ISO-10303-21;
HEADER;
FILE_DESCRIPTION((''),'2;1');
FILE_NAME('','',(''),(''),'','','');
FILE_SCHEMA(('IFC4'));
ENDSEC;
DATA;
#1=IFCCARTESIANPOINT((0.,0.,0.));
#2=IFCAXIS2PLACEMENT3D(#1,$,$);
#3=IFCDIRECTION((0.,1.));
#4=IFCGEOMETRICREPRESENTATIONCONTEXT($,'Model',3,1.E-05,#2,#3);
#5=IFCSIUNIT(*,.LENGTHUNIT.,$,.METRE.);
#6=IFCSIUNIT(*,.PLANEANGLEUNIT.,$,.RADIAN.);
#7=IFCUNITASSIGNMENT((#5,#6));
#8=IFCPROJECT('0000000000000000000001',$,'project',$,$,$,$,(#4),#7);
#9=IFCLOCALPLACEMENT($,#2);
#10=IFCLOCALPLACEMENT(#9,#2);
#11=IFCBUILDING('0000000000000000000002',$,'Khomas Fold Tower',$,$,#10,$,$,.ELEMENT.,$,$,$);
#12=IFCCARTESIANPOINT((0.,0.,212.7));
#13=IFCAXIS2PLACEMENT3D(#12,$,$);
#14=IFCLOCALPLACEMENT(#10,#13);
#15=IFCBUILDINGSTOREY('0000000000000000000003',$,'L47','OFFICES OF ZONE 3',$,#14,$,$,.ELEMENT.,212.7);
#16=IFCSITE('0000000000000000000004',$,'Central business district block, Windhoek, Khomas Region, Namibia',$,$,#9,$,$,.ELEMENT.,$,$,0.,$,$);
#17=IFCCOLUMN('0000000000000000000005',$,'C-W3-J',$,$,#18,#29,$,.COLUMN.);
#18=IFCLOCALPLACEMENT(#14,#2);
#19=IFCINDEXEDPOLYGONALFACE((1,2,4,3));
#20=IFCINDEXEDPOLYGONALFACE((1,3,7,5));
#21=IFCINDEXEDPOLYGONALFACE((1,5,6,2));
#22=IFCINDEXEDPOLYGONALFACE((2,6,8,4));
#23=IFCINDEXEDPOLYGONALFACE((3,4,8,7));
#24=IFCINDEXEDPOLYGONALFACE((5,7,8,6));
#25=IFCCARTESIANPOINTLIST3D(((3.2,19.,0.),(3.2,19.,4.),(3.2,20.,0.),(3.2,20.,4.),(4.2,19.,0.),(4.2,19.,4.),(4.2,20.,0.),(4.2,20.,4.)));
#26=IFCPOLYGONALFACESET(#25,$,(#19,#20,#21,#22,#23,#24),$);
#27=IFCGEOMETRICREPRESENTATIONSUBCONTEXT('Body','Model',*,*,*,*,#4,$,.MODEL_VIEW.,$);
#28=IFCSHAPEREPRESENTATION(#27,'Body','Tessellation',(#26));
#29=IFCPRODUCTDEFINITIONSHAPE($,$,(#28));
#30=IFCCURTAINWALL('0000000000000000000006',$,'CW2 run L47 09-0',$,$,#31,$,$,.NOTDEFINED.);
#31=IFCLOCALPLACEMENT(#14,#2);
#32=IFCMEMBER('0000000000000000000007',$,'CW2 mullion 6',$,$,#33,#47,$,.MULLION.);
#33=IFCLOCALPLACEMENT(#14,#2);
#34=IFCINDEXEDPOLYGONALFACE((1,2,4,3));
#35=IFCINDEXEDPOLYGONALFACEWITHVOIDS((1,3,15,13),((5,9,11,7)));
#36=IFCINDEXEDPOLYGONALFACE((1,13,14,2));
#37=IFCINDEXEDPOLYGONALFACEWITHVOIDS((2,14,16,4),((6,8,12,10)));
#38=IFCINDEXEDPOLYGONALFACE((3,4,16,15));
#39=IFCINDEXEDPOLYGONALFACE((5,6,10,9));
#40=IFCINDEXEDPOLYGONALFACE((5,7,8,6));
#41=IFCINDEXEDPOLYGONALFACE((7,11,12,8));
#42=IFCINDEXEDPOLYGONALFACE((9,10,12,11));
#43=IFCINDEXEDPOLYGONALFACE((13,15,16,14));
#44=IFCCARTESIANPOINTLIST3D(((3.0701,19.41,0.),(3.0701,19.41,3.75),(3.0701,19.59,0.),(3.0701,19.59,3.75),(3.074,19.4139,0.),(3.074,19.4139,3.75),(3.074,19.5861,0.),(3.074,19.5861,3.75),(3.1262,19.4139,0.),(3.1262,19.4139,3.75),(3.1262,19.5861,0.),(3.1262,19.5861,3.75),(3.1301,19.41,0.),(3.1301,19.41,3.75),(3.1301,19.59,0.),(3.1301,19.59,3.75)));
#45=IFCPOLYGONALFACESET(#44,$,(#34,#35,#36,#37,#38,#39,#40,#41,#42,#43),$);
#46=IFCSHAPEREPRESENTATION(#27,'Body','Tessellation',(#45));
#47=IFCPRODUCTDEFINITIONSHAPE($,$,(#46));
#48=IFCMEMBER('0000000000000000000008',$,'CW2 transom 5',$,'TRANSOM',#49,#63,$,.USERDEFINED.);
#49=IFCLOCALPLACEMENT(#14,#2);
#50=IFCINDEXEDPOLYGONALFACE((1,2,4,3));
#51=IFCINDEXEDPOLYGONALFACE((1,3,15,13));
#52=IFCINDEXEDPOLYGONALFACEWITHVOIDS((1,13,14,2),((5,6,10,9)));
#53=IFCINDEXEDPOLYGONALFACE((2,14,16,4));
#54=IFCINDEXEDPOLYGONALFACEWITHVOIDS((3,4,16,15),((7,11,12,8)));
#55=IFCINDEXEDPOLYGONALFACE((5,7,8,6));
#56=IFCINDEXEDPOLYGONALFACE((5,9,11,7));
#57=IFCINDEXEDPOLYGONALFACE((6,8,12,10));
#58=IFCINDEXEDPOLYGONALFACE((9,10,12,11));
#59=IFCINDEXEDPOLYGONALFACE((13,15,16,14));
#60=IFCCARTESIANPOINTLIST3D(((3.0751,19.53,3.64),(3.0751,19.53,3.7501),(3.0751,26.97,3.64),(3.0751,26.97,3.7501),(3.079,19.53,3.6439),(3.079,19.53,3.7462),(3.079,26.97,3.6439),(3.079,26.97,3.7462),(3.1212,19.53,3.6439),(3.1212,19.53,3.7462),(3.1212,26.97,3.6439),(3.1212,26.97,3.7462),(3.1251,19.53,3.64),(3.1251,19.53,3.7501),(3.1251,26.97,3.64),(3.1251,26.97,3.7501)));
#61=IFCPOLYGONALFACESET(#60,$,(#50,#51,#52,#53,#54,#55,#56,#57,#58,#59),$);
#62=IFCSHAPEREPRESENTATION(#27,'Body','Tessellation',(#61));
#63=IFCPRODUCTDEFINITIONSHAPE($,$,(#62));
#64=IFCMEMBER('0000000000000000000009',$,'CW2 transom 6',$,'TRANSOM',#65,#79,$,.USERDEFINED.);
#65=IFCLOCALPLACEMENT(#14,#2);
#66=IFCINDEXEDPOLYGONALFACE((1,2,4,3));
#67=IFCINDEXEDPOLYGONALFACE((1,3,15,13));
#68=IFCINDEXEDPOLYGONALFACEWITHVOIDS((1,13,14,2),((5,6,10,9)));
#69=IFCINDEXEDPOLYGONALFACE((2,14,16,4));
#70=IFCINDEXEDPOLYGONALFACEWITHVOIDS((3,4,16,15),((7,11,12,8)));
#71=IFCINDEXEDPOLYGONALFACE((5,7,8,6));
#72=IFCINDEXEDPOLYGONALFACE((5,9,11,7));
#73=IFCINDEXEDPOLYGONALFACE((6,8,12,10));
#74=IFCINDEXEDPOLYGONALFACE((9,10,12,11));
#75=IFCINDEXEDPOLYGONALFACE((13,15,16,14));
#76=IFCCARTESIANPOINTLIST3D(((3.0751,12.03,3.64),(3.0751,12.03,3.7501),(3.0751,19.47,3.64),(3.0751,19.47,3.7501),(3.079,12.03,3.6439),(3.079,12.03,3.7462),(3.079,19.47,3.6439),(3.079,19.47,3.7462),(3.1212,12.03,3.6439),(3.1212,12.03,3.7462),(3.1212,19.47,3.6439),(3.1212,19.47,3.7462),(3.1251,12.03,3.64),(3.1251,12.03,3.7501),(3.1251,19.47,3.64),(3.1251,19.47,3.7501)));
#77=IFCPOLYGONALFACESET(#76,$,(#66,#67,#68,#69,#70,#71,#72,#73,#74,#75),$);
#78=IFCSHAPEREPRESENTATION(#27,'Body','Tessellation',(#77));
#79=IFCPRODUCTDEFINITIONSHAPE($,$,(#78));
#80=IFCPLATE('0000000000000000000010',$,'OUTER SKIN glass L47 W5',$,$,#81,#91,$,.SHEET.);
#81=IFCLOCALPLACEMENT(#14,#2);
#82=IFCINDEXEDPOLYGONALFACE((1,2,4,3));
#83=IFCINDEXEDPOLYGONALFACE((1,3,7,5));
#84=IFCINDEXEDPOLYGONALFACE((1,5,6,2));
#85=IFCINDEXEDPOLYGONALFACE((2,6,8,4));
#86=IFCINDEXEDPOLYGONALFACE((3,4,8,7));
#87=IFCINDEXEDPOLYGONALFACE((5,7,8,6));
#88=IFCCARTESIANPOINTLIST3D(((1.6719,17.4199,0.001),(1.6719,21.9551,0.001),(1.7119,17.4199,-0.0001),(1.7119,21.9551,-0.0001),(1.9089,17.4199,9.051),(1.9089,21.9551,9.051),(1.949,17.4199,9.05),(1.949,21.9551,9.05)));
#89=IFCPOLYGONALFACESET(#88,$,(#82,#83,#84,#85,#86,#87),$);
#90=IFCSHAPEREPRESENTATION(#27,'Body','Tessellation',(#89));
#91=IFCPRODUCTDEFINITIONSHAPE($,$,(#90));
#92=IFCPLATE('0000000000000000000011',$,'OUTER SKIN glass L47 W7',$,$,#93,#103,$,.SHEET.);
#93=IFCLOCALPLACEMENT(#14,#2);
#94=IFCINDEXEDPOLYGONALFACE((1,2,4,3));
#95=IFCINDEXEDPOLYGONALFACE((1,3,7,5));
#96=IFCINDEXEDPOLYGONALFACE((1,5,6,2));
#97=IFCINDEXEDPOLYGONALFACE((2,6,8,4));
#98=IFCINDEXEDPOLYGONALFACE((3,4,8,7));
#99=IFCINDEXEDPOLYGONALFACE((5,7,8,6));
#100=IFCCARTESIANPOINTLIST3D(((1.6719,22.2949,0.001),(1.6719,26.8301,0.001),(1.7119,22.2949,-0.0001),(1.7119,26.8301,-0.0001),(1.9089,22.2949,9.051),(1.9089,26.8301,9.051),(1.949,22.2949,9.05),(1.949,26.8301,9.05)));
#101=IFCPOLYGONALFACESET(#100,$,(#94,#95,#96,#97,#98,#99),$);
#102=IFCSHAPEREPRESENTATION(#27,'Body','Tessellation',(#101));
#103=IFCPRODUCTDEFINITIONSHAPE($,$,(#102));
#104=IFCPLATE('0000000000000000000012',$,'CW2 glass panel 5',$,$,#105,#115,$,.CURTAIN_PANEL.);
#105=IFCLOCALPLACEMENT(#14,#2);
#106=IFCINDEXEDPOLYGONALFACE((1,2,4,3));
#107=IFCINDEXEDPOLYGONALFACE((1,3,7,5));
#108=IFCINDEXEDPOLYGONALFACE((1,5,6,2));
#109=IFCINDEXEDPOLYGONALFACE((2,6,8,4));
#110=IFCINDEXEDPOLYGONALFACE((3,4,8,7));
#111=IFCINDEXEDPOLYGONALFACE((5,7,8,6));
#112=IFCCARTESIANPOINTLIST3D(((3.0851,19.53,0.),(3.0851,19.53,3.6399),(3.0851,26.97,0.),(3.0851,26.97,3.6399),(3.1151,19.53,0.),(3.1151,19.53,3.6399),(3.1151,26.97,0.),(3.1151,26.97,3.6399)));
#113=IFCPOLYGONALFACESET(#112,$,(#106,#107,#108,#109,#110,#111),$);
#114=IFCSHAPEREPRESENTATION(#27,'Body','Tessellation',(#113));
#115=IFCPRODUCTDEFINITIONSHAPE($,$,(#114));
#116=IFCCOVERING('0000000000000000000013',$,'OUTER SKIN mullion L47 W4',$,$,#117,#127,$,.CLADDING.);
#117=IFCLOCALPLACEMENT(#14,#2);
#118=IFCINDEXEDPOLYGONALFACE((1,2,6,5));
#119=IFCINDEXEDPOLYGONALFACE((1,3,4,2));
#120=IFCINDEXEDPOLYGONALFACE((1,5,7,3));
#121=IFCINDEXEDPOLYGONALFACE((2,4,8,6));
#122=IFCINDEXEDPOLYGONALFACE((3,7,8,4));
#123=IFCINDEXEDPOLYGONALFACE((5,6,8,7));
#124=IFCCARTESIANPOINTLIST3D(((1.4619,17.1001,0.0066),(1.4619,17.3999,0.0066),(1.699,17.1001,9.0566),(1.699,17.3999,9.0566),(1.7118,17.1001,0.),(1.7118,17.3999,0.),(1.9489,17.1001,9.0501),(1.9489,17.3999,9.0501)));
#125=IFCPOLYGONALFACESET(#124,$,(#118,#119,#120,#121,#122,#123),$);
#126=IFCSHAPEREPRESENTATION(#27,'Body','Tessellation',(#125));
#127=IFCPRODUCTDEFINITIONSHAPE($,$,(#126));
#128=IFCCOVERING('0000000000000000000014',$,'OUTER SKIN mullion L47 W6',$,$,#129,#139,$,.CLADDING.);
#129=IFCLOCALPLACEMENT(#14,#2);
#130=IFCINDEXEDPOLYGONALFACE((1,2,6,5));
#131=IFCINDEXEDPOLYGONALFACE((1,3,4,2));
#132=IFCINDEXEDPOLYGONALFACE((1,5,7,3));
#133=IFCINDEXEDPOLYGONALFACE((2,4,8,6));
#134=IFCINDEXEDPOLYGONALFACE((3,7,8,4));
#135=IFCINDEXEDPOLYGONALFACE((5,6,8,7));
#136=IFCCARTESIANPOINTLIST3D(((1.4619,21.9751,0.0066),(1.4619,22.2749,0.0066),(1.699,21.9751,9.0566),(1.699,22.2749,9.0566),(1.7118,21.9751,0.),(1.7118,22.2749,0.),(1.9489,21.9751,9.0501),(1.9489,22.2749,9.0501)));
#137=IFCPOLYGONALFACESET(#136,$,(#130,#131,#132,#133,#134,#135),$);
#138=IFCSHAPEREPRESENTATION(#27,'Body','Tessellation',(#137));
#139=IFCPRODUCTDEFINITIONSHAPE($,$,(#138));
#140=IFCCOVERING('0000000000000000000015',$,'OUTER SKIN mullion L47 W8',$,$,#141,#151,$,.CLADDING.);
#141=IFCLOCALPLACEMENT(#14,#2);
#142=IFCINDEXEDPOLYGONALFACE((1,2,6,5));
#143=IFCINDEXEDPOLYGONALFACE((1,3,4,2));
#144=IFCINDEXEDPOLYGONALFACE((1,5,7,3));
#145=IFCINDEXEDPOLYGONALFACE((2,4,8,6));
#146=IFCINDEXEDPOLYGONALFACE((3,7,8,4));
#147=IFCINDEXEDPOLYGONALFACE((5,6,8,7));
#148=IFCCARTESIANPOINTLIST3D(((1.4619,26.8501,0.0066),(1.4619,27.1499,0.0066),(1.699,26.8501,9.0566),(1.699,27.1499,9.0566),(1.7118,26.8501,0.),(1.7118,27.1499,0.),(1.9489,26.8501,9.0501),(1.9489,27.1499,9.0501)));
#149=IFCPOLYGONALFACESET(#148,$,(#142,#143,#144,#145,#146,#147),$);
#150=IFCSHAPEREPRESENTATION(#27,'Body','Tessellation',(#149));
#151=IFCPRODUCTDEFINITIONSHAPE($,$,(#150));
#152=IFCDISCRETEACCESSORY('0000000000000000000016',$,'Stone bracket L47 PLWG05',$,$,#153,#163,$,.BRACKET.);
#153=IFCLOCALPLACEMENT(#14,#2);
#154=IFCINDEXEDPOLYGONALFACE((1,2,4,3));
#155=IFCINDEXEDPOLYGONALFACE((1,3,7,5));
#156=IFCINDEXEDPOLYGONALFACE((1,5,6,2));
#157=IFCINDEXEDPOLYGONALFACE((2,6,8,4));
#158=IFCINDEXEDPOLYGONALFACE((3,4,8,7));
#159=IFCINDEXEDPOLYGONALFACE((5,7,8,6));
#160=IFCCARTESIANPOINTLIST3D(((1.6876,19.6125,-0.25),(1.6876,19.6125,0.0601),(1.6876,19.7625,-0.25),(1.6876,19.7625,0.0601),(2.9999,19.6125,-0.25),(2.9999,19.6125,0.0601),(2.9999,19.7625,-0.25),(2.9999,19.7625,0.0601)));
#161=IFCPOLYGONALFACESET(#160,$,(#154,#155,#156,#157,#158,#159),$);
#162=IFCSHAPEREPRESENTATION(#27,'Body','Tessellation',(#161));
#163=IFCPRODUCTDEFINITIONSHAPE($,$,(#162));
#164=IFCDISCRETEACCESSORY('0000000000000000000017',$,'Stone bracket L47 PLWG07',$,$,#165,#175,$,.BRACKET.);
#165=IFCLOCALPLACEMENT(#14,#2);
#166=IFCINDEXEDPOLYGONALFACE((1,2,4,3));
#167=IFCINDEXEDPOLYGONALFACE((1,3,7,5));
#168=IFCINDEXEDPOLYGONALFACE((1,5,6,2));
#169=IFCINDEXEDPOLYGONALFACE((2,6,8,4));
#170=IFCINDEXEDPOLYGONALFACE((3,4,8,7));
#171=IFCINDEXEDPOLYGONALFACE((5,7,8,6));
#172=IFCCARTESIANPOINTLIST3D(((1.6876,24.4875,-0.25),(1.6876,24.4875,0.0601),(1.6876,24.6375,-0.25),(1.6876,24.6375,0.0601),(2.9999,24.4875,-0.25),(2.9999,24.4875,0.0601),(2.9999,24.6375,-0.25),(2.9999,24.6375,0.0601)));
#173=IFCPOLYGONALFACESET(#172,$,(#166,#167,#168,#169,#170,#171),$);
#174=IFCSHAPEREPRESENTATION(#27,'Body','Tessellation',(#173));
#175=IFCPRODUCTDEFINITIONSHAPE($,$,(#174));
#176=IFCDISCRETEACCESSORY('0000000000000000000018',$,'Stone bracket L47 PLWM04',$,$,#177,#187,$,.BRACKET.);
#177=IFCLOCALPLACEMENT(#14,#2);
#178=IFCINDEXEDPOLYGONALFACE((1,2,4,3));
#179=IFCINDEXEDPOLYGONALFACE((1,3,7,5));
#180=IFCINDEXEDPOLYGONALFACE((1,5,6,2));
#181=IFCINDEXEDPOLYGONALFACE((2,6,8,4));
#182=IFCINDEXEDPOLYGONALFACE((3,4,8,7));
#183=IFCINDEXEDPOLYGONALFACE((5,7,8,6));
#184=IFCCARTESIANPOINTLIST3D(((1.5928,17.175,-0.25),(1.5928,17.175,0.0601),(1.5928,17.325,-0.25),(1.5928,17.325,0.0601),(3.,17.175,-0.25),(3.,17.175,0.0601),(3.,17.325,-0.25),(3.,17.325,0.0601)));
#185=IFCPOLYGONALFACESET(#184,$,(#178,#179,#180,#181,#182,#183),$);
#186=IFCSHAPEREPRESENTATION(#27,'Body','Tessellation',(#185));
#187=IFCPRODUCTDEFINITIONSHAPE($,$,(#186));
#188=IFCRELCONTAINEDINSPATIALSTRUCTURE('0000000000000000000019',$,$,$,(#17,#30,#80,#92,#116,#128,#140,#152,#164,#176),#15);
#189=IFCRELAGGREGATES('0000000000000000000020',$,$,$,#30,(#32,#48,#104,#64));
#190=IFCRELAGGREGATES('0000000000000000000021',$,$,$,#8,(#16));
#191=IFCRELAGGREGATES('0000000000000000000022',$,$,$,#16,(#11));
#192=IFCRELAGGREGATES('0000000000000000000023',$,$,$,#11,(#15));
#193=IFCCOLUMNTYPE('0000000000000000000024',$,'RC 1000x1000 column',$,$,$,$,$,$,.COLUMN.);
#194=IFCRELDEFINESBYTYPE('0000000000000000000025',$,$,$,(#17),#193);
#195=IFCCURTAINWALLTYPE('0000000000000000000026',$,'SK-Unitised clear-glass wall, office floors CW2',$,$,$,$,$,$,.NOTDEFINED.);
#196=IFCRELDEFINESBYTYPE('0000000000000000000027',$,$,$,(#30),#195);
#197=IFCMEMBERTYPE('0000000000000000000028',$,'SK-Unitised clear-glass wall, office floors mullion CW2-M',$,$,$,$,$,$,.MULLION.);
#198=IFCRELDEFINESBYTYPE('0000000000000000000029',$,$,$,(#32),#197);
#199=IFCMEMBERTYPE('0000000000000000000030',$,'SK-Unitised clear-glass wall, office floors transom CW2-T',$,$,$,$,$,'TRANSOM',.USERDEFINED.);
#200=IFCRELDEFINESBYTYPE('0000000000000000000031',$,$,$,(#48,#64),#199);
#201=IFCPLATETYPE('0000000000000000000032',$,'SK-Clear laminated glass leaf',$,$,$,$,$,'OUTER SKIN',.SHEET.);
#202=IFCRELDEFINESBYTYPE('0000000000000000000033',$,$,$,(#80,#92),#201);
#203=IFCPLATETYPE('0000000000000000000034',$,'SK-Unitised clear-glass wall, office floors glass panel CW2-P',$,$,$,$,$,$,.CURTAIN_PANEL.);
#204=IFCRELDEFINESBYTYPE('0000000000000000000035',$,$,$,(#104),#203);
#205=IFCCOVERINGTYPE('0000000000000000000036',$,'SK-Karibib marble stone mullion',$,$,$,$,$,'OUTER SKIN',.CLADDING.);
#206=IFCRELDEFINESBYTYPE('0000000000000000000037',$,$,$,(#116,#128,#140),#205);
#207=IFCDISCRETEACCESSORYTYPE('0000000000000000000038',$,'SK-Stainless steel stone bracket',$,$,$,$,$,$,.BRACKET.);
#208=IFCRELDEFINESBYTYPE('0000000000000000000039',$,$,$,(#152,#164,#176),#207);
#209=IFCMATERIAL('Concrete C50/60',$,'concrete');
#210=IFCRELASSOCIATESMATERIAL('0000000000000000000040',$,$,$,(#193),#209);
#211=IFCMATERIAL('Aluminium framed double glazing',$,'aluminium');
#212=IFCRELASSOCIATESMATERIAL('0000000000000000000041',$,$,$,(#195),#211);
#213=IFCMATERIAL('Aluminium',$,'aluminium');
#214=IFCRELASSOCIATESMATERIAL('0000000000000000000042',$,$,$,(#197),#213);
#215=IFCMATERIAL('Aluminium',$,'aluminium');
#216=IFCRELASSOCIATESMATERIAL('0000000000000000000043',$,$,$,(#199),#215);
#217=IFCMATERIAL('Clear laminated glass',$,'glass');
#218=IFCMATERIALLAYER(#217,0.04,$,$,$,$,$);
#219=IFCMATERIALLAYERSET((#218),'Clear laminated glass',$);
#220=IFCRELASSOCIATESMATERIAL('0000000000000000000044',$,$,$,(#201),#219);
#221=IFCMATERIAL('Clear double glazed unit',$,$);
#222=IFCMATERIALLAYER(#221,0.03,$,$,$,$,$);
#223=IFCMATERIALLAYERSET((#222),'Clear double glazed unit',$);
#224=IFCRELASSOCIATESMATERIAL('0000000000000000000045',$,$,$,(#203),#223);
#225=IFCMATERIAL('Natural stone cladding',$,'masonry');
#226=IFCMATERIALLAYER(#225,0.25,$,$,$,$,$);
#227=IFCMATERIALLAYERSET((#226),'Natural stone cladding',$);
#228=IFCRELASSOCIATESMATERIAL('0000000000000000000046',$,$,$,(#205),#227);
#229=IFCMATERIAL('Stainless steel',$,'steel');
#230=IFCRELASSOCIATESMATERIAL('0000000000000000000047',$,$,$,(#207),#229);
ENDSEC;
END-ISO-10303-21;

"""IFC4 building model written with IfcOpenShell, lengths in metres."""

from ifc_helpers import new_model, si_unit, direction, frame, origin, origin_2d, place, context, subcontext, project, spatial, polyline, rectangle, hollow_rectangle, outline, extrude, source, transform, mapped, material, layer, layer_set, material_profile, profile_set, type_object, element, aggregate, save


model = new_model("IFC4")

# Units and contexts
model_context = context("Model", 3, precision=1e-05, world=origin(), true_north=direction((0.0, 1.0)))
body_context = subcontext(model_context, "Body", "Model", "MODEL_VIEW")
ifc_project = project(units=[si_unit("LENGTHUNIT", "METRE"), si_unit("PLANEANGLEUNIT", "RADIAN")], contexts=[model_context])

# Site, building, storey
site_placement = place(None, origin())
site = spatial("IfcSite", under=ifc_project, at=site_placement, Name="Central business district block, Windhoek, Khomas Region, Namibia", CompositionType="ELEMENT", RefElevation=0.0)
building_placement = place(site_placement, origin())
building = spatial("IfcBuilding", under=site, at=building_placement, Name="Khomas Fold Tower", CompositionType="ELEMENT")
storey_placement = place(building_placement, frame((0.0, 0.0, 212.7)))
storey = spatial("IfcBuildingStorey", under=building, at=storey_placement, Name="L47", Description="OFFICES OF ZONE 3", CompositionType="ELEMENT", Elevation=212.7)

# Column
ifc_material_1 = material(Name="Concrete C50/60", Category="concrete")
ifc_material_profile_1 = material_profile(ifc_material_1, rectangle(XDim=1.0, YDim=1.0, at=origin_2d()), Name="RC 1000x1000")
ifc_profile_set_1 = profile_set([ifc_material_profile_1], Name="Concrete C50/60")
column_type = type_object("IfcColumnType", Name="RC 1000x1000 column", PredefinedType="COLUMN", material=ifc_profile_set_1)
shared_shape_1 = source(origin(), body_context, "Body", "SweptSolid", [
    extrude(rectangle(XDim=1.0, YDim=1.0, at=origin_2d()), origin(), (0.0, 0.0, 1.0), 4.0),
])
column_placement = place(storey_placement, frame((3.7, 19.5, 0.0), z_axis=(0.0, 0.0, 1.0), x_axis=(1.0, 0.0, 0.0)))
element("IfcColumn", 1, at=column_placement, inside=storey, type_object=column_type, Name="C-W3-J", PredefinedType="COLUMN", context=body_context, shape_type="MappedRepresentation", body=[
    mapped(shared_shape_1, transform((0.0, 0.0, 0.0))),
])

# Curtain wall, members
ifc_material_2 = material(Name="Aluminium framed double glazing", Category="aluminium")
curtain_wall_type = type_object("IfcCurtainWallType", Name="SK-Unitised clear-glass wall, office floors CW2", PredefinedType="NOTDEFINED", material=ifc_material_2)
curtain_wall_placement = place(storey_placement, origin())
curtain_wall = element("IfcCurtainWall", 2, at=curtain_wall_placement, inside=storey, type_object=curtain_wall_type, Name="CW2 run L47 09-0", PredefinedType="NOTDEFINED")
ifc_material_3 = material(Name="Aluminium", Category="aluminium")
ifc_material_profile_2 = material_profile(ifc_material_3, hollow_rectangle(XDim=0.0601, YDim=0.1799, WallThickness=0.0039, at=origin_2d()), Name="SK-Unitised clear-glass wall, office floors mullion CW2-M")
ifc_profile_set_2 = profile_set([ifc_material_profile_2], Name="Aluminium")
member_type_1 = type_object("IfcMemberType", Name="SK-Unitised clear-glass wall, office floors mullion CW2-M", PredefinedType="MULLION", material=ifc_profile_set_2)
shared_shape_2 = source(origin(), body_context, "Body", "SweptSolid", [
    extrude(hollow_rectangle(XDim=0.0601, YDim=0.1799, WallThickness=0.0039, at=origin_2d()), origin(), (0.0, 0.0, 1.0), 3.75),
])
member_1_placement = place(storey_placement, frame((3.1001, 19.5, 0.0), z_axis=(0.0, 0.0, 1.0), x_axis=(1.0, 0.0, 0.0)))
member_1 = element("IfcMember", 3, at=member_1_placement, type_object=member_type_1, Name="CW2 mullion 6", PredefinedType="MULLION", context=body_context, shape_type="MappedRepresentation", body=[
    mapped(shared_shape_2, transform((0.0, 0.0, 0.0))),
])
ifc_material_4 = material(Name="Aluminium", Category="aluminium")
ifc_material_profile_3 = material_profile(ifc_material_4, hollow_rectangle(XDim=0.05, YDim=0.1101, WallThickness=0.0039, at=origin_2d()), Name="SK-Unitised clear-glass wall, office floors transom CW2-T")
ifc_profile_set_3 = profile_set([ifc_material_profile_3], Name="Aluminium")
member_type_2 = type_object("IfcMemberType", Name="SK-Unitised clear-glass wall, office floors transom CW2-T", ElementType="TRANSOM", PredefinedType="USERDEFINED", material=ifc_profile_set_3)
shared_shape_3 = source(origin(), body_context, "Body", "SweptSolid", [
    extrude(hollow_rectangle(XDim=0.05, YDim=0.1101, WallThickness=0.0039, at=origin_2d()), origin(), (0.0, 0.0, 1.0), 7.4399),
])
member_2_placement = place(storey_placement, frame((3.1001, 26.97, 3.6951), z_axis=(0.0, -1.0, 0.0), x_axis=(1.0, 0.0, 0.0)))
member_2 = element("IfcMember", 4, at=member_2_placement, type_object=member_type_2, Name="CW2 transom 5", ObjectType="TRANSOM", PredefinedType="USERDEFINED", context=body_context, shape_type="MappedRepresentation", body=[
    mapped(shared_shape_3, transform((0.0, 0.0, 0.0))),
])
member_3_placement = place(storey_placement, frame((3.1001, 19.47, 3.6951), z_axis=(0.0, -1.0, 0.0), x_axis=(1.0, 0.0, 0.0)))
member_3 = element("IfcMember", 5, at=member_3_placement, type_object=member_type_2, Name="CW2 transom 6", ObjectType="TRANSOM", PredefinedType="USERDEFINED", context=body_context, shape_type="MappedRepresentation", body=[
    mapped(shared_shape_3, transform((0.0, 0.0, 0.0))),
])

# Plates
ifc_material_5 = material(Name="Clear laminated glass", Category="glass")
ifc_layer_1 = layer(ifc_material_5, 0.04)
ifc_layer_set_1 = layer_set([ifc_layer_1], Name="Clear laminated glass")
plate_type_1 = type_object("IfcPlateType", Name="SK-Clear laminated glass leaf", ElementType="OUTER SKIN", PredefinedType="SHEET", material=ifc_layer_set_1)
for number, where, z_axis, x_axis, name in (
    (6, (1.6719, 17.4199, 0.001), (-0.999657, 0.0, 0.026185), (0.0, 1.0, 0.0), "OUTER SKIN glass L47 W5"),
    (7, (1.6719, 22.2949, 0.001), (-0.999657, 0.0, 0.026185), (0.0, 1.0, 0.0), "OUTER SKIN glass L47 W7"),
):
    element("IfcPlate", number, at=place(storey_placement, frame(where, z_axis=z_axis, x_axis=x_axis)), inside=storey, type_object=plate_type_1, Name=name, PredefinedType="SHEET", context=body_context, shape_type="SweptSolid", body=[
        extrude(outline(polyline([(0.0, 0.0), (4.5352, 0.0), (4.5352, -9.0532), (0.0, -9.0532), (0.0, 0.0)])), origin(), (0.0, 0.0, -1.0), 0.04),
    ])

# Plate
ifc_material_6 = material(Name="Clear double glazed unit")
ifc_layer_2 = layer(ifc_material_6, 0.03)
ifc_layer_set_2 = layer_set([ifc_layer_2], Name="Clear double glazed unit")
plate_type_2 = type_object("IfcPlateType", Name="SK-Unitised clear-glass wall, office floors glass panel CW2-P", PredefinedType="CURTAIN_PANEL", material=ifc_layer_set_2)
shared_shape_4 = source(origin(), body_context, "Body", "SweptSolid", [
    extrude(rectangle(XDim=7.4399, YDim=0.03, at=origin_2d()), origin(), (0.0, 0.0, 1.0), 3.6399),
])
plate_placement = place(storey_placement, frame((3.1001, 23.25, 0.0), z_axis=(0.0, 0.0, 1.0), x_axis=(0.0, -1.0, 0.0)))
plate = element("IfcPlate", 8, at=plate_placement, type_object=plate_type_2, Name="CW2 glass panel 5", PredefinedType="CURTAIN_PANEL", context=body_context, shape_type="MappedRepresentation", body=[
    mapped(shared_shape_4, transform((0.0, 0.0, 0.0))),
])
aggregate(curtain_wall, [member_1, member_2, plate, member_3])

# Coverings
ifc_material_7 = material(Name="Natural stone cladding", Category="masonry")
ifc_layer_3 = layer(ifc_material_7, 0.25)
ifc_layer_set_3 = layer_set([ifc_layer_3], Name="Natural stone cladding")
covering_type = type_object("IfcCoveringType", Name="SK-Karibib marble stone mullion", ElementType="OUTER SKIN", PredefinedType="CLADDING", material=ifc_layer_set_3)
for number, where, z_axis, x_axis, name in (
    (9, (1.4619, 17.1001, 0.0066), (-0.999657, 0.0, 0.026185), (0.0, 1.0, 0.0), "OUTER SKIN mullion L47 W4"),
    (10, (1.4619, 21.9751, 0.0066), (-0.999657, 0.0, 0.026185), (0.0, 1.0, 0.0), "OUTER SKIN mullion L47 W6"),
    (11, (1.4619, 26.8501, 0.0066), (-0.999657, 0.0, 0.026185), (0.0, 1.0, 0.0), "OUTER SKIN mullion L47 W8"),
):
    element("IfcCovering", number, at=place(storey_placement, frame(where, z_axis=z_axis, x_axis=x_axis)), inside=storey, type_object=covering_type, Name=name, PredefinedType="CLADDING", context=body_context, shape_type="SweptSolid", body=[
        extrude(outline(polyline([(0.0, 0.0), (0.2998, 0.0), (0.2998, -9.0532), (0.0, -9.0532), (0.0, 0.0)])), origin(), (0.0, 0.0, -1.0), 0.25),
    ])

# Discrete accessories
ifc_material_8 = material(Name="Stainless steel", Category="steel")
discrete_accessory_type = type_object("IfcDiscreteAccessoryType", Name="SK-Stainless steel stone bracket", PredefinedType="BRACKET", material=ifc_material_8)
shared_shape_5 = source(origin(), body_context, "Body", "SweptSolid", [
    extrude(rectangle(XDim=1.3123, YDim=0.1499, at=origin_2d()), origin(), (0.0, 0.0, 1.0), 0.3101),
])
for number, where, z_axis, x_axis, name in (
    (12, (2.3438, 19.6875, -0.25), (0.0, 0.0, 1.0), (-1.0, 0.0, 0.0), "Stone bracket L47 PLWG05"),
    (13, (2.3438, 24.5625, -0.25), (0.0, 0.0, 1.0), (-1.0, 0.0, 0.0), "Stone bracket L47 PLWG07"),
):
    element("IfcDiscreteAccessory", number, at=place(storey_placement, frame(where, z_axis=z_axis, x_axis=x_axis)), inside=storey, type_object=discrete_accessory_type, Name=name, PredefinedType="BRACKET", context=body_context, shape_type="MappedRepresentation", body=[
        mapped(shared_shape_5, transform((0.0, 0.0, 0.0))),
    ])
shared_shape_6 = source(origin(), body_context, "Body", "SweptSolid", [
    extrude(rectangle(XDim=1.4072, YDim=0.1499, at=origin_2d()), origin(), (0.0, 0.0, 1.0), 0.3101),
])
for number, where, z_axis, x_axis, name in (
    (14, (2.2964, 17.25, -0.25), (0.0, 0.0, 1.0), (-1.0, 0.0, 0.0), "Stone bracket L47 PLWM04"),
):
    element("IfcDiscreteAccessory", number, at=place(storey_placement, frame(where, z_axis=z_axis, x_axis=x_axis)), inside=storey, type_object=discrete_accessory_type, Name=name, PredefinedType="BRACKET", context=body_context, shape_type="MappedRepresentation", body=[
        mapped(shared_shape_6, transform((0.0, 0.0, 0.0))),
    ])

save(model, "model.ifc")
